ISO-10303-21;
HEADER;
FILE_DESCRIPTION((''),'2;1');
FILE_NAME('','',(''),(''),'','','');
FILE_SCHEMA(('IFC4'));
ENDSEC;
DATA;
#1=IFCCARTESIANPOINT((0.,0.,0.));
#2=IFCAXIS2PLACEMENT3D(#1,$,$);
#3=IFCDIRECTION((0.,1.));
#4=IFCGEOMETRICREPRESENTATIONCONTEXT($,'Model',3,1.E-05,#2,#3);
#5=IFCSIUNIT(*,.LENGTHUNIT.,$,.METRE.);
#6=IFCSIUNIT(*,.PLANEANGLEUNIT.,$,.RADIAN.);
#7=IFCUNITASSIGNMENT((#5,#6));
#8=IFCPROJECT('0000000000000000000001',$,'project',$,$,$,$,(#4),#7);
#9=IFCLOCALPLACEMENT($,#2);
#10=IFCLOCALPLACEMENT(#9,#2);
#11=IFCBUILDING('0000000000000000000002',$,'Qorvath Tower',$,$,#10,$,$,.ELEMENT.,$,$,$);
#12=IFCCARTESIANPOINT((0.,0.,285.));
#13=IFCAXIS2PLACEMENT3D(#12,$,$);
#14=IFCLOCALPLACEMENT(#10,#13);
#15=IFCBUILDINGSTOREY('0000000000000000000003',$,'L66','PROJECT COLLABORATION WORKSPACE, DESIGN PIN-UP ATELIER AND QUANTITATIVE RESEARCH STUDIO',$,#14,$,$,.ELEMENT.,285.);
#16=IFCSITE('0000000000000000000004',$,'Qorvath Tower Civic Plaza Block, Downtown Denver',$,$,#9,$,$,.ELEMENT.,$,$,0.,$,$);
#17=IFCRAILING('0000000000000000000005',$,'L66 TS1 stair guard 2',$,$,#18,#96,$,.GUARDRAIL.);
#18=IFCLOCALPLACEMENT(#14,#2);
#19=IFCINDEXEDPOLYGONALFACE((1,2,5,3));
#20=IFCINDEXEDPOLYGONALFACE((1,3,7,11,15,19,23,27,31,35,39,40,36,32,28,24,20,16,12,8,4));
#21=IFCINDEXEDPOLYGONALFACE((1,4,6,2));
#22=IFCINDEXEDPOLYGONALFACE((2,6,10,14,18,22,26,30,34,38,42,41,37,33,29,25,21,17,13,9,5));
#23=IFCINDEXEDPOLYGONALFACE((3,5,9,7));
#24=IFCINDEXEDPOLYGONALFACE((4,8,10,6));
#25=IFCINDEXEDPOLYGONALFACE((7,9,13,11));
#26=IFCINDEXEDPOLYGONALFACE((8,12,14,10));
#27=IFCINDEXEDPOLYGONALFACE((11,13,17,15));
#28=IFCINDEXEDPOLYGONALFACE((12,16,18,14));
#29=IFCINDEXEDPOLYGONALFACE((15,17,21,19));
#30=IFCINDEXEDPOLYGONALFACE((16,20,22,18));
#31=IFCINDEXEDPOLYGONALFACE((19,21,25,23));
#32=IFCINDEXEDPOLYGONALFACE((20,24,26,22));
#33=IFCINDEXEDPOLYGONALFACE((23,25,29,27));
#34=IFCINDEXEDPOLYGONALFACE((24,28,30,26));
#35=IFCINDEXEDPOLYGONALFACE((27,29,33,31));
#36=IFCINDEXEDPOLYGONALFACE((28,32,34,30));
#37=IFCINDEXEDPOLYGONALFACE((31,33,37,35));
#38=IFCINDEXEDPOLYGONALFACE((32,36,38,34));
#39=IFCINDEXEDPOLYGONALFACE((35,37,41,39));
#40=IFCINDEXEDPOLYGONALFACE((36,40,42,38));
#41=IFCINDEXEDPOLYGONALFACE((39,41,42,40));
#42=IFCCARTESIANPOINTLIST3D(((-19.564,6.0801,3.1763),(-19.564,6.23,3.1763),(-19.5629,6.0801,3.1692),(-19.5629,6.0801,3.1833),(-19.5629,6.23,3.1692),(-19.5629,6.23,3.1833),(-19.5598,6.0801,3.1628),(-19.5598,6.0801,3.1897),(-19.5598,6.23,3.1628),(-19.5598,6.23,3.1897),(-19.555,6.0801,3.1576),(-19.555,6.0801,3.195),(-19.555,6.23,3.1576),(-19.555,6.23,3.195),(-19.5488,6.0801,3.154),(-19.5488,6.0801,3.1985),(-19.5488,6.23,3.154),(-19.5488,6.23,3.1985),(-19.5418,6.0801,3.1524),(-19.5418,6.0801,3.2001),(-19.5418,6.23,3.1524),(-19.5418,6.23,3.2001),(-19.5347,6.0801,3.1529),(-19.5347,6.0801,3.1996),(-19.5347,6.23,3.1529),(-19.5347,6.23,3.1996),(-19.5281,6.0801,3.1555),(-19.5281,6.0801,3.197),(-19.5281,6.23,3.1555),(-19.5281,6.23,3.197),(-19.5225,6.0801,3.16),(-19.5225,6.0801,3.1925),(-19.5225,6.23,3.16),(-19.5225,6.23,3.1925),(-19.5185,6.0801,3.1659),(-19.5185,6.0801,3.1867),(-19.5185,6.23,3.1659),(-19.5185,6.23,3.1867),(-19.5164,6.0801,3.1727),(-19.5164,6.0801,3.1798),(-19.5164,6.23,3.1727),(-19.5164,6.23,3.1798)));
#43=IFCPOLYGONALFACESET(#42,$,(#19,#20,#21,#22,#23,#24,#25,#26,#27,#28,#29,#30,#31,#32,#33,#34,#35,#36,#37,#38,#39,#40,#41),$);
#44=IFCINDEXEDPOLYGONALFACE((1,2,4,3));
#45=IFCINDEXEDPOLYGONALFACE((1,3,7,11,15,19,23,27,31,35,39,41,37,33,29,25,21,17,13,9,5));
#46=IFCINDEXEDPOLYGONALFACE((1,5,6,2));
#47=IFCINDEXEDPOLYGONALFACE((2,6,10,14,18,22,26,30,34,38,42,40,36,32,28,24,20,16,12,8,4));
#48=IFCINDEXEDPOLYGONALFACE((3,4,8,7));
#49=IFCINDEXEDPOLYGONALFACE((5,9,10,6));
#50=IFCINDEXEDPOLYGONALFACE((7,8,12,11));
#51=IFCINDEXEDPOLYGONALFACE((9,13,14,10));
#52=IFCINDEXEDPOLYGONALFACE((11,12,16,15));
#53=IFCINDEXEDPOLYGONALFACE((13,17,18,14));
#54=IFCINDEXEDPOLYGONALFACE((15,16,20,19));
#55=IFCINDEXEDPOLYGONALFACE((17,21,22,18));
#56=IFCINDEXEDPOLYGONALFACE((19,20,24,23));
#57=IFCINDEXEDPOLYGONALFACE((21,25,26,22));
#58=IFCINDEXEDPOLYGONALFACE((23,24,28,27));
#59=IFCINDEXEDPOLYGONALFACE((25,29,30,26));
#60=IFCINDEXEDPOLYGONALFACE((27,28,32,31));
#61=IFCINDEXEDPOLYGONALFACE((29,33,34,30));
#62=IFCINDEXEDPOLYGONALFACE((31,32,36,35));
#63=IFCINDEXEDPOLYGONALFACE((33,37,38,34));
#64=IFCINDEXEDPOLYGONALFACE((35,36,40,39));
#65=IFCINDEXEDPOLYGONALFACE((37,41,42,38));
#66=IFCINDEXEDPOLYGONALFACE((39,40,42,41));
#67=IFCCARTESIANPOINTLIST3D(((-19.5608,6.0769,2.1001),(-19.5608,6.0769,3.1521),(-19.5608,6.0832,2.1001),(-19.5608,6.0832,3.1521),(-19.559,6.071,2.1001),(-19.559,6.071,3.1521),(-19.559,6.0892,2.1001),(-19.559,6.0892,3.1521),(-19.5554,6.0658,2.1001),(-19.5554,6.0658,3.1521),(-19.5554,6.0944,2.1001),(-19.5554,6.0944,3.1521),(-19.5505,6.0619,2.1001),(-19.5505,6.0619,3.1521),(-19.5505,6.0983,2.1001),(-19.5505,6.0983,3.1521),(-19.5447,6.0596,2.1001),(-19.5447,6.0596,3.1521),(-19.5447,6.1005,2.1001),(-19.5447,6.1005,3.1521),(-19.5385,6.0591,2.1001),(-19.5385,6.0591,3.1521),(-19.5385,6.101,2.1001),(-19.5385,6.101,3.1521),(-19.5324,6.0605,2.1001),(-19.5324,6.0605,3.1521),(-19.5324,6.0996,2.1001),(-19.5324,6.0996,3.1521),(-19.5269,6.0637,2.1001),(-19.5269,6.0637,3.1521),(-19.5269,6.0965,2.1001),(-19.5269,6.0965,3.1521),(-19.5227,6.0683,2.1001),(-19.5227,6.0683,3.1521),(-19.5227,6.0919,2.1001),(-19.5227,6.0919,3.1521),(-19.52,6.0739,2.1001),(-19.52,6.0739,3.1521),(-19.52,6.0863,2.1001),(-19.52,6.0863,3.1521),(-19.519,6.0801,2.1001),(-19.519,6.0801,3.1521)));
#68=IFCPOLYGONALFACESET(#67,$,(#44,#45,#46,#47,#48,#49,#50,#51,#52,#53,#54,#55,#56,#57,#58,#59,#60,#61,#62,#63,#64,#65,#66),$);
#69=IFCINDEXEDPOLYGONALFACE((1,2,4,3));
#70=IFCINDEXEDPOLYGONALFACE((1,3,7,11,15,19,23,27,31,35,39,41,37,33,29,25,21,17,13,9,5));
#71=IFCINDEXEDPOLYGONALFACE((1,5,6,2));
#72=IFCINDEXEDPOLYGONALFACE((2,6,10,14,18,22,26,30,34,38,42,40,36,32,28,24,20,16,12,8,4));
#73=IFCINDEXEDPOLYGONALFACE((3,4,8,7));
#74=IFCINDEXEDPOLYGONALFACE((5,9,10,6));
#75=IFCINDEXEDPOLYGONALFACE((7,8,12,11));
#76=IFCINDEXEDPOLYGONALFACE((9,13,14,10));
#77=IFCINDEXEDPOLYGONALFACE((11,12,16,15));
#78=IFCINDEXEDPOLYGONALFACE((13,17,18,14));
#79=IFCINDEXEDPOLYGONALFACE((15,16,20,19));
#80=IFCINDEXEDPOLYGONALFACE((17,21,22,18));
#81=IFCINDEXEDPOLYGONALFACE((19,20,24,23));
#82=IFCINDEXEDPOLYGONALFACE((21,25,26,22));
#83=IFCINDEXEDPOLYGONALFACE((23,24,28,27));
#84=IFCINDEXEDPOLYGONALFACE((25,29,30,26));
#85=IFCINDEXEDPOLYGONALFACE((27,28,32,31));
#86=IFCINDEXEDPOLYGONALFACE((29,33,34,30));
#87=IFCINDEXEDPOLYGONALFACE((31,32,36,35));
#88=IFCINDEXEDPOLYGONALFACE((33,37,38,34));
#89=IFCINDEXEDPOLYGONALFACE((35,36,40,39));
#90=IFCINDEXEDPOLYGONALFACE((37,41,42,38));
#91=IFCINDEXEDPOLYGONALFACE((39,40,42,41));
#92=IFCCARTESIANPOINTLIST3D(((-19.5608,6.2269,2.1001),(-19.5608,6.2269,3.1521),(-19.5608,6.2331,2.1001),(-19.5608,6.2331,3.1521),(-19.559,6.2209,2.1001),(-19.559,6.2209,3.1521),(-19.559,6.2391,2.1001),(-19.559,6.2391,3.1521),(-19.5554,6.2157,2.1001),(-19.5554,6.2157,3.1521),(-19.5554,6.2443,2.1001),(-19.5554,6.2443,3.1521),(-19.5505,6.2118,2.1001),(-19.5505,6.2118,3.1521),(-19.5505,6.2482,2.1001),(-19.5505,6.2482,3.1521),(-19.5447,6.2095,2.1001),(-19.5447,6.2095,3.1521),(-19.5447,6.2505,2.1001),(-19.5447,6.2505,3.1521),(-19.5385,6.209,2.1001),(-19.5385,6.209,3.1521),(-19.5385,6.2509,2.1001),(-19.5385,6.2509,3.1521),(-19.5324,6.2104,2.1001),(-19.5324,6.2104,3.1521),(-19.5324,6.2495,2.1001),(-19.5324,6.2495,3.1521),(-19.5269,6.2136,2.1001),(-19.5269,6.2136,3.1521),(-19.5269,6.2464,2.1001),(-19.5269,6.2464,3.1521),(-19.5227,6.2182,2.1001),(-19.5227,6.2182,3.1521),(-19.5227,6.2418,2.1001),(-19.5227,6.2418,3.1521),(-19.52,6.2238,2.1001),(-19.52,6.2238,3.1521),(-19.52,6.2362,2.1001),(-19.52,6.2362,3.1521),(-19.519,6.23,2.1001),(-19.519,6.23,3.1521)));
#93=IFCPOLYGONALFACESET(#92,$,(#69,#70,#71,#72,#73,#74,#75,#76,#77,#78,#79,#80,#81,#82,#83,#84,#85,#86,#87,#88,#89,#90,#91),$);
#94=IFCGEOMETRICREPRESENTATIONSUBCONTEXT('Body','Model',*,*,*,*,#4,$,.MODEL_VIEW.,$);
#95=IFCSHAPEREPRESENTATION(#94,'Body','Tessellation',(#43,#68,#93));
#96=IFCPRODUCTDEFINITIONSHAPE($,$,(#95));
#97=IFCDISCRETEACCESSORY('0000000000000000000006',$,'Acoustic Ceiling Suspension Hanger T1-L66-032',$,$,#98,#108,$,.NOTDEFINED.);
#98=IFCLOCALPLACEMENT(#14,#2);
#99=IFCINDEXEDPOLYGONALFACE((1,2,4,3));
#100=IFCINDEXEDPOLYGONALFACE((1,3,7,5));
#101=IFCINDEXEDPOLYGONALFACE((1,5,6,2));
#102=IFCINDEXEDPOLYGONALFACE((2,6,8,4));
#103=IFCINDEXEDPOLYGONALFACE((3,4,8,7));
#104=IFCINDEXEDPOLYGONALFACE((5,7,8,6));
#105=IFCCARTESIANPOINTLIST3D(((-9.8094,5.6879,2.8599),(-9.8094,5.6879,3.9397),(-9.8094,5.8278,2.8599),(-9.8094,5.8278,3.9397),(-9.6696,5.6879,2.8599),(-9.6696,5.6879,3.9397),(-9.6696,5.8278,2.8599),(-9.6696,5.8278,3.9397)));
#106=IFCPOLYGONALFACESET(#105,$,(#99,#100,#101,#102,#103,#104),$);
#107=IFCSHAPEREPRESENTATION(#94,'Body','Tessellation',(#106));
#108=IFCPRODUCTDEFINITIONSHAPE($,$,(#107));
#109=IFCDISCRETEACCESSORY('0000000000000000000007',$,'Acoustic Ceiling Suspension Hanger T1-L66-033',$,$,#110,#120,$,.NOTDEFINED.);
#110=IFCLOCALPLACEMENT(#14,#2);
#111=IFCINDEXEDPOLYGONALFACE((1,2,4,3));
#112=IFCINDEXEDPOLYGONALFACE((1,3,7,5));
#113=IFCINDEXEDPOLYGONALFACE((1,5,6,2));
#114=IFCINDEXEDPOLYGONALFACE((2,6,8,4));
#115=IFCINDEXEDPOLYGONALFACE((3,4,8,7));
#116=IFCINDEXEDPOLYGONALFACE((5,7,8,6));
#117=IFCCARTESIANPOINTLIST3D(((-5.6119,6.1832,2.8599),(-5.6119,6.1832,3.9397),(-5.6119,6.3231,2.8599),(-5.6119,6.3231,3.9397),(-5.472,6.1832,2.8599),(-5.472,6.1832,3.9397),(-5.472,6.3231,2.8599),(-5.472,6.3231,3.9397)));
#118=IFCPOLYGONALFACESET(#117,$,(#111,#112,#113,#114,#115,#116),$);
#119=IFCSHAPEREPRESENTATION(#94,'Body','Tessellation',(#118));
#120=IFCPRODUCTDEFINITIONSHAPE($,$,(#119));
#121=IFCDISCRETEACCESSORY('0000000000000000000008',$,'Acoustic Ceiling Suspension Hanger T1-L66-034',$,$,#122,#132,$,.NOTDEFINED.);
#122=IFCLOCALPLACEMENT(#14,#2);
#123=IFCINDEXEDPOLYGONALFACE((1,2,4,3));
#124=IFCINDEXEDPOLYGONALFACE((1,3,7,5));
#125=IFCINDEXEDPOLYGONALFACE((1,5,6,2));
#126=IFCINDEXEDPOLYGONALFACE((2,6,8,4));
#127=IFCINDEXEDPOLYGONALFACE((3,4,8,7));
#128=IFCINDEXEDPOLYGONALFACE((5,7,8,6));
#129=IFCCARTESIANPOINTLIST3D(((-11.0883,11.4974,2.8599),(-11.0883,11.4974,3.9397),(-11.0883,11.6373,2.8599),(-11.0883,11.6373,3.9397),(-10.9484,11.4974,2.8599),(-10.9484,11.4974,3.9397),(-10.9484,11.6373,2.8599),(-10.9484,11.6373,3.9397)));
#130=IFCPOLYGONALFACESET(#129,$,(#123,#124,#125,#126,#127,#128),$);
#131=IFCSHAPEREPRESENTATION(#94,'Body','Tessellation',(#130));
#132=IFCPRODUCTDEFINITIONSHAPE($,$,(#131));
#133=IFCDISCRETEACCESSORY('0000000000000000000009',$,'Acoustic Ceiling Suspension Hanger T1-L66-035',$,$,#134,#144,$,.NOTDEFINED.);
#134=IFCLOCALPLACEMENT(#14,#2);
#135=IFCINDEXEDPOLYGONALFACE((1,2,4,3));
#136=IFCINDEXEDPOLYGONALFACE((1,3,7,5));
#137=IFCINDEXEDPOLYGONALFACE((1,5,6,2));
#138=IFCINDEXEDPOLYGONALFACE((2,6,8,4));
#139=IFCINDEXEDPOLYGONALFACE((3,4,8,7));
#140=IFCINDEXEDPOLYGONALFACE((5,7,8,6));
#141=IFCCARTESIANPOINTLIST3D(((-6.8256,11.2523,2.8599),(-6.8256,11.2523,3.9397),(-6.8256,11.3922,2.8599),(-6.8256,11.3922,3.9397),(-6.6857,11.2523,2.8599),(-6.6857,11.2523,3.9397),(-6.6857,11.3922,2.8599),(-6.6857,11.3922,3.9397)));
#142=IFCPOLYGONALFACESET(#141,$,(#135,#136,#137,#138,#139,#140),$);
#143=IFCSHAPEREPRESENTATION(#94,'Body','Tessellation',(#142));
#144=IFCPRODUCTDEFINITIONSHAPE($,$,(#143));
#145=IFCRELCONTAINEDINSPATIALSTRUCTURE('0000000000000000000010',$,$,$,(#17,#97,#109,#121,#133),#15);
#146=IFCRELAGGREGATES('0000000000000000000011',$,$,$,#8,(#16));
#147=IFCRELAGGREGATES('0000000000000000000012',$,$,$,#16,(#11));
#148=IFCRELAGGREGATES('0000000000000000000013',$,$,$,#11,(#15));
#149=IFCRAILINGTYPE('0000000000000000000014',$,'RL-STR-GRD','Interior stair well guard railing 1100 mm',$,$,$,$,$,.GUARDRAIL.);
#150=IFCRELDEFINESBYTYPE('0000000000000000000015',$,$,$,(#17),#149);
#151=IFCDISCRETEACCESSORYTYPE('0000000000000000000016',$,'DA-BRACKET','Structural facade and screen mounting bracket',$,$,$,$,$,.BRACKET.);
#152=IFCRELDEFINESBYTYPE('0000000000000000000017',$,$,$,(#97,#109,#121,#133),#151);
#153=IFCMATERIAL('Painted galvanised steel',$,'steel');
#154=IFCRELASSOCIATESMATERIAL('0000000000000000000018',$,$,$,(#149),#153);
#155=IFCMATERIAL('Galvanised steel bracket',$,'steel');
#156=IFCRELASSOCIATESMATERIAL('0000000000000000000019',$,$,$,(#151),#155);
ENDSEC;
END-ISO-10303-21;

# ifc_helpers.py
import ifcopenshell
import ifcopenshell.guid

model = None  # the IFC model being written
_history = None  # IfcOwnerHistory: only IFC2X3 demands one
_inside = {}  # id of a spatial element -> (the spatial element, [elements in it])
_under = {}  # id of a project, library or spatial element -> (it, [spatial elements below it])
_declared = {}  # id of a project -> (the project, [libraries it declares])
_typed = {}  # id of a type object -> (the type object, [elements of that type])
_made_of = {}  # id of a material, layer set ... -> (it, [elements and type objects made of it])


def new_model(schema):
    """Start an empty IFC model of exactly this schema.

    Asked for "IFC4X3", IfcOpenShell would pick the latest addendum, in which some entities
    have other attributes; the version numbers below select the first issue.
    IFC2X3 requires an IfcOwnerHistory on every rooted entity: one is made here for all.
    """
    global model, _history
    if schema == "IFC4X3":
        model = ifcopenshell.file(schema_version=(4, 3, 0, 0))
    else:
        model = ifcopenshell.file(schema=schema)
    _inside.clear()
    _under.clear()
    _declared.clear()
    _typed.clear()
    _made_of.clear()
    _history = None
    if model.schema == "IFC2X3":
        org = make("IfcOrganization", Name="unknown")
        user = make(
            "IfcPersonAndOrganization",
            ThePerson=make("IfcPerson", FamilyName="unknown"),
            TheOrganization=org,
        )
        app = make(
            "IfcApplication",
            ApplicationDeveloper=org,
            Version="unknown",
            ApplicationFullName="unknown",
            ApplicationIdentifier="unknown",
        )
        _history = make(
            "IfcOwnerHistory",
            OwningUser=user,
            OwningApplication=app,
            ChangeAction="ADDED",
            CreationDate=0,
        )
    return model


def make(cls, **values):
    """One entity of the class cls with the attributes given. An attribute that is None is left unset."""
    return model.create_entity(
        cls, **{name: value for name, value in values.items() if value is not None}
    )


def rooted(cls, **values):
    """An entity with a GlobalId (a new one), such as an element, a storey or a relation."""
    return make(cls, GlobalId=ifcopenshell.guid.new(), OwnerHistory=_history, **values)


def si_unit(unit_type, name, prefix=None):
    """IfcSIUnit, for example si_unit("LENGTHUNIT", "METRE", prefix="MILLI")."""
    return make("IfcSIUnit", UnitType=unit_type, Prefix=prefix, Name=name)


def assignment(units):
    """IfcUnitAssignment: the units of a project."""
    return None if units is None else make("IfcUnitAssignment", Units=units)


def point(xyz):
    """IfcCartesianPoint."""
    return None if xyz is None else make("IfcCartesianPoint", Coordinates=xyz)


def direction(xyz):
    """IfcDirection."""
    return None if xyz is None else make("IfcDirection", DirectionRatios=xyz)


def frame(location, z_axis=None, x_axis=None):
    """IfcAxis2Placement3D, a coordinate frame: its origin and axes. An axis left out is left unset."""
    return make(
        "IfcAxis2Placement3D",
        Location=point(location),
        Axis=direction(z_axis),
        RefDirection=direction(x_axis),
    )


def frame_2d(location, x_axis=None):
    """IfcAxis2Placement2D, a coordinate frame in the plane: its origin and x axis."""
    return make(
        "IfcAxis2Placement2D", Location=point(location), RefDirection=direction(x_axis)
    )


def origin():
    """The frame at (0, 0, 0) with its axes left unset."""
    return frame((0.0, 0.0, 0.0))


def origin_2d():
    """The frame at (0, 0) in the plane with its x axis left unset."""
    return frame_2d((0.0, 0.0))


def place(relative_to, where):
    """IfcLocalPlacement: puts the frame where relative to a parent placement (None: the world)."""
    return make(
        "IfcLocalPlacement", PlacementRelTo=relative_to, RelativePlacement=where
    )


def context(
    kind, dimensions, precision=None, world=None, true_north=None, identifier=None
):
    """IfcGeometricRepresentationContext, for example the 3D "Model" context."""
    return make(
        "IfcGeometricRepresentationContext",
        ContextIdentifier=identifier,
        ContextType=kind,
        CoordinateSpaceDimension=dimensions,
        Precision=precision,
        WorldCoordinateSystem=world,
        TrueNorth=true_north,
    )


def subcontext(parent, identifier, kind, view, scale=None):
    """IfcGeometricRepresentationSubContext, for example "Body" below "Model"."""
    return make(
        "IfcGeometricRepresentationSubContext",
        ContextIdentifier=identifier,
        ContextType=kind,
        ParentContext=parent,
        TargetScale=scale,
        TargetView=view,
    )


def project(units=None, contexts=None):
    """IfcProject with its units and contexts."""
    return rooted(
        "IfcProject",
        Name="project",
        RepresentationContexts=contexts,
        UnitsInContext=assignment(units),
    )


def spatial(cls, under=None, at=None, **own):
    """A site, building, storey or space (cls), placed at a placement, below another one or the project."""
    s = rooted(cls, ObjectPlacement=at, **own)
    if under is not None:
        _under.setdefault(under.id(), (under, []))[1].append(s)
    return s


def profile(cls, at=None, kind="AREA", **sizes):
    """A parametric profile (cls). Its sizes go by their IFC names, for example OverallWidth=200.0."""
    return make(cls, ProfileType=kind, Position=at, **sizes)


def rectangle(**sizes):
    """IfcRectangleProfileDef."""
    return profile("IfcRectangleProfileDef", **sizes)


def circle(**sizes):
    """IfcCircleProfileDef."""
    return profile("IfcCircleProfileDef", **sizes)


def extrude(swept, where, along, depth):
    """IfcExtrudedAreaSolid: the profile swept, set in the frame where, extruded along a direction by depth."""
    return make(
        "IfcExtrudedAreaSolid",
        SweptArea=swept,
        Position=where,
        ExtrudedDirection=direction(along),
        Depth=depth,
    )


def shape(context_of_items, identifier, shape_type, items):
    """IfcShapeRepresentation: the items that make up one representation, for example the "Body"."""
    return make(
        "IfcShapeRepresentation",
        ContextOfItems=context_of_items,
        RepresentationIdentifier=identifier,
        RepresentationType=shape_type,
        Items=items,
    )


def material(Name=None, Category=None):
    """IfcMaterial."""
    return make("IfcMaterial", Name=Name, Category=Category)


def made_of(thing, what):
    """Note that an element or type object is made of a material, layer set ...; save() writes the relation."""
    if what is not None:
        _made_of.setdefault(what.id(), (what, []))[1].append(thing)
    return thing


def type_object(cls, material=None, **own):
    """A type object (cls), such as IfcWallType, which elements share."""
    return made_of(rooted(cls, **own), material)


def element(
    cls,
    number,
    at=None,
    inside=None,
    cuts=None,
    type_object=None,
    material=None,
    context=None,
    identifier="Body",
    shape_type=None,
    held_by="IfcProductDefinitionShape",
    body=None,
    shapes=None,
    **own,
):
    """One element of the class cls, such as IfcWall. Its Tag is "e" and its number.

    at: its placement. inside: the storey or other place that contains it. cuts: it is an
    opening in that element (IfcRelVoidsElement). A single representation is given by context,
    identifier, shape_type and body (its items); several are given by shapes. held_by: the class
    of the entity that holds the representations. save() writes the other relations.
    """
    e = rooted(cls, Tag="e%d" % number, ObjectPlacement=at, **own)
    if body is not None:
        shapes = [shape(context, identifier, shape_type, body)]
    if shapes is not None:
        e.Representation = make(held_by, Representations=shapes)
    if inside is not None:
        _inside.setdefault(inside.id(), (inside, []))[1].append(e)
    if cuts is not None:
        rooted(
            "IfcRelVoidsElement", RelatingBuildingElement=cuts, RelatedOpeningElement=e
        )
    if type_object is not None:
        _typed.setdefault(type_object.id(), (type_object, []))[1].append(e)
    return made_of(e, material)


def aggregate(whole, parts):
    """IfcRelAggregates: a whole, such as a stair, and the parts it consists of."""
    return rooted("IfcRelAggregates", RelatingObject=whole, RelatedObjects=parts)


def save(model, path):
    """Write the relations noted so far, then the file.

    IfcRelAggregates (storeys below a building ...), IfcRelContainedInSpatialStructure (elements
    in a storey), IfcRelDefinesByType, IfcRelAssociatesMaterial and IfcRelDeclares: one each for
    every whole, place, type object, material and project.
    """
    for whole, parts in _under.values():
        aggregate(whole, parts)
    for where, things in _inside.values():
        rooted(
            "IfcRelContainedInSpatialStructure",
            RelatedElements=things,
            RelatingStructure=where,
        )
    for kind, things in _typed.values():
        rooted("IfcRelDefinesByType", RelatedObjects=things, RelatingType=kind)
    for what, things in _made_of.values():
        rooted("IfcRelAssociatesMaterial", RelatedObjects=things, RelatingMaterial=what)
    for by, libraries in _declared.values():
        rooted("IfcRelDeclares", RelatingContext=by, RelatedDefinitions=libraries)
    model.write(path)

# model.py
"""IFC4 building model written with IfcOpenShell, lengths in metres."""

from ifc_helpers import new_model, si_unit, direction, frame, origin, origin_2d, place, context, subcontext, project, spatial, rectangle, circle, extrude, material, type_object, element, save


model = new_model("IFC4")

# Units and contexts
model_context = context("Model", 3, precision=1e-05, world=origin(), true_north=direction((0.0, 1.0)))
body_context = subcontext(model_context, "Body", "Model", "MODEL_VIEW")
ifc_project = project(units=[si_unit("LENGTHUNIT", "METRE"), si_unit("PLANEANGLEUNIT", "RADIAN")], contexts=[model_context])

# Site, building, storey
site_placement = place(None, origin())
site = spatial("IfcSite", under=ifc_project, at=site_placement, Name="Qorvath Tower Civic Plaza Block, Downtown Denver", CompositionType="ELEMENT", RefElevation=0.0)
building_placement = place(site_placement, origin())
building = spatial("IfcBuilding", under=site, at=building_placement, Name="Qorvath Tower", CompositionType="ELEMENT")
storey_placement = place(building_placement, frame((0.0, 0.0, 285.0)))
storey = spatial("IfcBuildingStorey", under=building, at=storey_placement, Name="L66", Description="PROJECT COLLABORATION WORKSPACE, DESIGN PIN-UP ATELIER AND QUANTITATIVE RESEARCH STUDIO", CompositionType="ELEMENT", Elevation=285.0)

# Railing
ifc_material_1 = material(Name="Painted galvanised steel", Category="steel")
railing_type = type_object("IfcRailingType", Name="RL-STR-GRD", Description="Interior stair well guard railing 1100 mm", PredefinedType="GUARDRAIL", material=ifc_material_1)
railing_placement = place(storey_placement, frame((-19.54, 6.0801, 2.1001)))
element("IfcRailing", 1, at=railing_placement, inside=storey, type_object=railing_type, Name="L66 TS1 stair guard 2", PredefinedType="GUARDRAIL", context=body_context, shape_type="SweptSolid", body=[
    extrude(circle(Radius=0.0239, at=origin_2d()), frame((0.0, 0.0, 1.0762), z_axis=(0.0, 1.0, 0.0), x_axis=(-1.0, 0.0, 0.0)), (0.0, 0.0, 1.0), 0.1499),
    extrude(circle(Radius=0.021, at=origin_2d()), origin(), (0.0, 0.0, 1.0), 1.052),
    extrude(circle(Radius=0.021, at=origin_2d()), frame((0.0, 0.1499, 0.0)), (0.0, 0.0, 1.0), 1.052),
])

# Discrete accessories
ifc_material_2 = material(Name="Galvanised steel bracket", Category="steel")
discrete_accessory_type = type_object("IfcDiscreteAccessoryType", Name="DA-BRACKET", Description="Structural facade and screen mounting bracket", PredefinedType="BRACKET", material=ifc_material_2)
for number, where, z_axis, x_axis, name in (
    (2, (-9.7395, 5.7578, 2.8599), (0.0, 0.0, 1.0), (1.0, 0.0, 0.0), "Acoustic Ceiling Suspension Hanger T1-L66-032"),
    (3, (-5.542, 6.2532, 2.8599), (0.0, 0.0, 1.0), (1.0, 0.0, 0.0), "Acoustic Ceiling Suspension Hanger T1-L66-033"),
    (4, (-11.0183, 11.5674, 2.8599), (0.0, 0.0, 1.0), (1.0, 0.0, 0.0), "Acoustic Ceiling Suspension Hanger T1-L66-034"),
    (5, (-6.7556, 11.3223, 2.8599), (0.0, 0.0, 1.0), (1.0, 0.0, 0.0), "Acoustic Ceiling Suspension Hanger T1-L66-035"),
):
    element("IfcDiscreteAccessory", number, at=place(storey_placement, frame(where, z_axis=z_axis, x_axis=x_axis)), inside=storey, type_object=discrete_accessory_type, Name=name, PredefinedType="NOTDEFINED", context=body_context, shape_type="SweptSolid", body=[
        extrude(rectangle(XDim=0.1399, YDim=0.1399, at=origin_2d()), origin(), (0.0, 0.0, 1.0), 1.0798),
    ])

save(model, "model.ifc")
